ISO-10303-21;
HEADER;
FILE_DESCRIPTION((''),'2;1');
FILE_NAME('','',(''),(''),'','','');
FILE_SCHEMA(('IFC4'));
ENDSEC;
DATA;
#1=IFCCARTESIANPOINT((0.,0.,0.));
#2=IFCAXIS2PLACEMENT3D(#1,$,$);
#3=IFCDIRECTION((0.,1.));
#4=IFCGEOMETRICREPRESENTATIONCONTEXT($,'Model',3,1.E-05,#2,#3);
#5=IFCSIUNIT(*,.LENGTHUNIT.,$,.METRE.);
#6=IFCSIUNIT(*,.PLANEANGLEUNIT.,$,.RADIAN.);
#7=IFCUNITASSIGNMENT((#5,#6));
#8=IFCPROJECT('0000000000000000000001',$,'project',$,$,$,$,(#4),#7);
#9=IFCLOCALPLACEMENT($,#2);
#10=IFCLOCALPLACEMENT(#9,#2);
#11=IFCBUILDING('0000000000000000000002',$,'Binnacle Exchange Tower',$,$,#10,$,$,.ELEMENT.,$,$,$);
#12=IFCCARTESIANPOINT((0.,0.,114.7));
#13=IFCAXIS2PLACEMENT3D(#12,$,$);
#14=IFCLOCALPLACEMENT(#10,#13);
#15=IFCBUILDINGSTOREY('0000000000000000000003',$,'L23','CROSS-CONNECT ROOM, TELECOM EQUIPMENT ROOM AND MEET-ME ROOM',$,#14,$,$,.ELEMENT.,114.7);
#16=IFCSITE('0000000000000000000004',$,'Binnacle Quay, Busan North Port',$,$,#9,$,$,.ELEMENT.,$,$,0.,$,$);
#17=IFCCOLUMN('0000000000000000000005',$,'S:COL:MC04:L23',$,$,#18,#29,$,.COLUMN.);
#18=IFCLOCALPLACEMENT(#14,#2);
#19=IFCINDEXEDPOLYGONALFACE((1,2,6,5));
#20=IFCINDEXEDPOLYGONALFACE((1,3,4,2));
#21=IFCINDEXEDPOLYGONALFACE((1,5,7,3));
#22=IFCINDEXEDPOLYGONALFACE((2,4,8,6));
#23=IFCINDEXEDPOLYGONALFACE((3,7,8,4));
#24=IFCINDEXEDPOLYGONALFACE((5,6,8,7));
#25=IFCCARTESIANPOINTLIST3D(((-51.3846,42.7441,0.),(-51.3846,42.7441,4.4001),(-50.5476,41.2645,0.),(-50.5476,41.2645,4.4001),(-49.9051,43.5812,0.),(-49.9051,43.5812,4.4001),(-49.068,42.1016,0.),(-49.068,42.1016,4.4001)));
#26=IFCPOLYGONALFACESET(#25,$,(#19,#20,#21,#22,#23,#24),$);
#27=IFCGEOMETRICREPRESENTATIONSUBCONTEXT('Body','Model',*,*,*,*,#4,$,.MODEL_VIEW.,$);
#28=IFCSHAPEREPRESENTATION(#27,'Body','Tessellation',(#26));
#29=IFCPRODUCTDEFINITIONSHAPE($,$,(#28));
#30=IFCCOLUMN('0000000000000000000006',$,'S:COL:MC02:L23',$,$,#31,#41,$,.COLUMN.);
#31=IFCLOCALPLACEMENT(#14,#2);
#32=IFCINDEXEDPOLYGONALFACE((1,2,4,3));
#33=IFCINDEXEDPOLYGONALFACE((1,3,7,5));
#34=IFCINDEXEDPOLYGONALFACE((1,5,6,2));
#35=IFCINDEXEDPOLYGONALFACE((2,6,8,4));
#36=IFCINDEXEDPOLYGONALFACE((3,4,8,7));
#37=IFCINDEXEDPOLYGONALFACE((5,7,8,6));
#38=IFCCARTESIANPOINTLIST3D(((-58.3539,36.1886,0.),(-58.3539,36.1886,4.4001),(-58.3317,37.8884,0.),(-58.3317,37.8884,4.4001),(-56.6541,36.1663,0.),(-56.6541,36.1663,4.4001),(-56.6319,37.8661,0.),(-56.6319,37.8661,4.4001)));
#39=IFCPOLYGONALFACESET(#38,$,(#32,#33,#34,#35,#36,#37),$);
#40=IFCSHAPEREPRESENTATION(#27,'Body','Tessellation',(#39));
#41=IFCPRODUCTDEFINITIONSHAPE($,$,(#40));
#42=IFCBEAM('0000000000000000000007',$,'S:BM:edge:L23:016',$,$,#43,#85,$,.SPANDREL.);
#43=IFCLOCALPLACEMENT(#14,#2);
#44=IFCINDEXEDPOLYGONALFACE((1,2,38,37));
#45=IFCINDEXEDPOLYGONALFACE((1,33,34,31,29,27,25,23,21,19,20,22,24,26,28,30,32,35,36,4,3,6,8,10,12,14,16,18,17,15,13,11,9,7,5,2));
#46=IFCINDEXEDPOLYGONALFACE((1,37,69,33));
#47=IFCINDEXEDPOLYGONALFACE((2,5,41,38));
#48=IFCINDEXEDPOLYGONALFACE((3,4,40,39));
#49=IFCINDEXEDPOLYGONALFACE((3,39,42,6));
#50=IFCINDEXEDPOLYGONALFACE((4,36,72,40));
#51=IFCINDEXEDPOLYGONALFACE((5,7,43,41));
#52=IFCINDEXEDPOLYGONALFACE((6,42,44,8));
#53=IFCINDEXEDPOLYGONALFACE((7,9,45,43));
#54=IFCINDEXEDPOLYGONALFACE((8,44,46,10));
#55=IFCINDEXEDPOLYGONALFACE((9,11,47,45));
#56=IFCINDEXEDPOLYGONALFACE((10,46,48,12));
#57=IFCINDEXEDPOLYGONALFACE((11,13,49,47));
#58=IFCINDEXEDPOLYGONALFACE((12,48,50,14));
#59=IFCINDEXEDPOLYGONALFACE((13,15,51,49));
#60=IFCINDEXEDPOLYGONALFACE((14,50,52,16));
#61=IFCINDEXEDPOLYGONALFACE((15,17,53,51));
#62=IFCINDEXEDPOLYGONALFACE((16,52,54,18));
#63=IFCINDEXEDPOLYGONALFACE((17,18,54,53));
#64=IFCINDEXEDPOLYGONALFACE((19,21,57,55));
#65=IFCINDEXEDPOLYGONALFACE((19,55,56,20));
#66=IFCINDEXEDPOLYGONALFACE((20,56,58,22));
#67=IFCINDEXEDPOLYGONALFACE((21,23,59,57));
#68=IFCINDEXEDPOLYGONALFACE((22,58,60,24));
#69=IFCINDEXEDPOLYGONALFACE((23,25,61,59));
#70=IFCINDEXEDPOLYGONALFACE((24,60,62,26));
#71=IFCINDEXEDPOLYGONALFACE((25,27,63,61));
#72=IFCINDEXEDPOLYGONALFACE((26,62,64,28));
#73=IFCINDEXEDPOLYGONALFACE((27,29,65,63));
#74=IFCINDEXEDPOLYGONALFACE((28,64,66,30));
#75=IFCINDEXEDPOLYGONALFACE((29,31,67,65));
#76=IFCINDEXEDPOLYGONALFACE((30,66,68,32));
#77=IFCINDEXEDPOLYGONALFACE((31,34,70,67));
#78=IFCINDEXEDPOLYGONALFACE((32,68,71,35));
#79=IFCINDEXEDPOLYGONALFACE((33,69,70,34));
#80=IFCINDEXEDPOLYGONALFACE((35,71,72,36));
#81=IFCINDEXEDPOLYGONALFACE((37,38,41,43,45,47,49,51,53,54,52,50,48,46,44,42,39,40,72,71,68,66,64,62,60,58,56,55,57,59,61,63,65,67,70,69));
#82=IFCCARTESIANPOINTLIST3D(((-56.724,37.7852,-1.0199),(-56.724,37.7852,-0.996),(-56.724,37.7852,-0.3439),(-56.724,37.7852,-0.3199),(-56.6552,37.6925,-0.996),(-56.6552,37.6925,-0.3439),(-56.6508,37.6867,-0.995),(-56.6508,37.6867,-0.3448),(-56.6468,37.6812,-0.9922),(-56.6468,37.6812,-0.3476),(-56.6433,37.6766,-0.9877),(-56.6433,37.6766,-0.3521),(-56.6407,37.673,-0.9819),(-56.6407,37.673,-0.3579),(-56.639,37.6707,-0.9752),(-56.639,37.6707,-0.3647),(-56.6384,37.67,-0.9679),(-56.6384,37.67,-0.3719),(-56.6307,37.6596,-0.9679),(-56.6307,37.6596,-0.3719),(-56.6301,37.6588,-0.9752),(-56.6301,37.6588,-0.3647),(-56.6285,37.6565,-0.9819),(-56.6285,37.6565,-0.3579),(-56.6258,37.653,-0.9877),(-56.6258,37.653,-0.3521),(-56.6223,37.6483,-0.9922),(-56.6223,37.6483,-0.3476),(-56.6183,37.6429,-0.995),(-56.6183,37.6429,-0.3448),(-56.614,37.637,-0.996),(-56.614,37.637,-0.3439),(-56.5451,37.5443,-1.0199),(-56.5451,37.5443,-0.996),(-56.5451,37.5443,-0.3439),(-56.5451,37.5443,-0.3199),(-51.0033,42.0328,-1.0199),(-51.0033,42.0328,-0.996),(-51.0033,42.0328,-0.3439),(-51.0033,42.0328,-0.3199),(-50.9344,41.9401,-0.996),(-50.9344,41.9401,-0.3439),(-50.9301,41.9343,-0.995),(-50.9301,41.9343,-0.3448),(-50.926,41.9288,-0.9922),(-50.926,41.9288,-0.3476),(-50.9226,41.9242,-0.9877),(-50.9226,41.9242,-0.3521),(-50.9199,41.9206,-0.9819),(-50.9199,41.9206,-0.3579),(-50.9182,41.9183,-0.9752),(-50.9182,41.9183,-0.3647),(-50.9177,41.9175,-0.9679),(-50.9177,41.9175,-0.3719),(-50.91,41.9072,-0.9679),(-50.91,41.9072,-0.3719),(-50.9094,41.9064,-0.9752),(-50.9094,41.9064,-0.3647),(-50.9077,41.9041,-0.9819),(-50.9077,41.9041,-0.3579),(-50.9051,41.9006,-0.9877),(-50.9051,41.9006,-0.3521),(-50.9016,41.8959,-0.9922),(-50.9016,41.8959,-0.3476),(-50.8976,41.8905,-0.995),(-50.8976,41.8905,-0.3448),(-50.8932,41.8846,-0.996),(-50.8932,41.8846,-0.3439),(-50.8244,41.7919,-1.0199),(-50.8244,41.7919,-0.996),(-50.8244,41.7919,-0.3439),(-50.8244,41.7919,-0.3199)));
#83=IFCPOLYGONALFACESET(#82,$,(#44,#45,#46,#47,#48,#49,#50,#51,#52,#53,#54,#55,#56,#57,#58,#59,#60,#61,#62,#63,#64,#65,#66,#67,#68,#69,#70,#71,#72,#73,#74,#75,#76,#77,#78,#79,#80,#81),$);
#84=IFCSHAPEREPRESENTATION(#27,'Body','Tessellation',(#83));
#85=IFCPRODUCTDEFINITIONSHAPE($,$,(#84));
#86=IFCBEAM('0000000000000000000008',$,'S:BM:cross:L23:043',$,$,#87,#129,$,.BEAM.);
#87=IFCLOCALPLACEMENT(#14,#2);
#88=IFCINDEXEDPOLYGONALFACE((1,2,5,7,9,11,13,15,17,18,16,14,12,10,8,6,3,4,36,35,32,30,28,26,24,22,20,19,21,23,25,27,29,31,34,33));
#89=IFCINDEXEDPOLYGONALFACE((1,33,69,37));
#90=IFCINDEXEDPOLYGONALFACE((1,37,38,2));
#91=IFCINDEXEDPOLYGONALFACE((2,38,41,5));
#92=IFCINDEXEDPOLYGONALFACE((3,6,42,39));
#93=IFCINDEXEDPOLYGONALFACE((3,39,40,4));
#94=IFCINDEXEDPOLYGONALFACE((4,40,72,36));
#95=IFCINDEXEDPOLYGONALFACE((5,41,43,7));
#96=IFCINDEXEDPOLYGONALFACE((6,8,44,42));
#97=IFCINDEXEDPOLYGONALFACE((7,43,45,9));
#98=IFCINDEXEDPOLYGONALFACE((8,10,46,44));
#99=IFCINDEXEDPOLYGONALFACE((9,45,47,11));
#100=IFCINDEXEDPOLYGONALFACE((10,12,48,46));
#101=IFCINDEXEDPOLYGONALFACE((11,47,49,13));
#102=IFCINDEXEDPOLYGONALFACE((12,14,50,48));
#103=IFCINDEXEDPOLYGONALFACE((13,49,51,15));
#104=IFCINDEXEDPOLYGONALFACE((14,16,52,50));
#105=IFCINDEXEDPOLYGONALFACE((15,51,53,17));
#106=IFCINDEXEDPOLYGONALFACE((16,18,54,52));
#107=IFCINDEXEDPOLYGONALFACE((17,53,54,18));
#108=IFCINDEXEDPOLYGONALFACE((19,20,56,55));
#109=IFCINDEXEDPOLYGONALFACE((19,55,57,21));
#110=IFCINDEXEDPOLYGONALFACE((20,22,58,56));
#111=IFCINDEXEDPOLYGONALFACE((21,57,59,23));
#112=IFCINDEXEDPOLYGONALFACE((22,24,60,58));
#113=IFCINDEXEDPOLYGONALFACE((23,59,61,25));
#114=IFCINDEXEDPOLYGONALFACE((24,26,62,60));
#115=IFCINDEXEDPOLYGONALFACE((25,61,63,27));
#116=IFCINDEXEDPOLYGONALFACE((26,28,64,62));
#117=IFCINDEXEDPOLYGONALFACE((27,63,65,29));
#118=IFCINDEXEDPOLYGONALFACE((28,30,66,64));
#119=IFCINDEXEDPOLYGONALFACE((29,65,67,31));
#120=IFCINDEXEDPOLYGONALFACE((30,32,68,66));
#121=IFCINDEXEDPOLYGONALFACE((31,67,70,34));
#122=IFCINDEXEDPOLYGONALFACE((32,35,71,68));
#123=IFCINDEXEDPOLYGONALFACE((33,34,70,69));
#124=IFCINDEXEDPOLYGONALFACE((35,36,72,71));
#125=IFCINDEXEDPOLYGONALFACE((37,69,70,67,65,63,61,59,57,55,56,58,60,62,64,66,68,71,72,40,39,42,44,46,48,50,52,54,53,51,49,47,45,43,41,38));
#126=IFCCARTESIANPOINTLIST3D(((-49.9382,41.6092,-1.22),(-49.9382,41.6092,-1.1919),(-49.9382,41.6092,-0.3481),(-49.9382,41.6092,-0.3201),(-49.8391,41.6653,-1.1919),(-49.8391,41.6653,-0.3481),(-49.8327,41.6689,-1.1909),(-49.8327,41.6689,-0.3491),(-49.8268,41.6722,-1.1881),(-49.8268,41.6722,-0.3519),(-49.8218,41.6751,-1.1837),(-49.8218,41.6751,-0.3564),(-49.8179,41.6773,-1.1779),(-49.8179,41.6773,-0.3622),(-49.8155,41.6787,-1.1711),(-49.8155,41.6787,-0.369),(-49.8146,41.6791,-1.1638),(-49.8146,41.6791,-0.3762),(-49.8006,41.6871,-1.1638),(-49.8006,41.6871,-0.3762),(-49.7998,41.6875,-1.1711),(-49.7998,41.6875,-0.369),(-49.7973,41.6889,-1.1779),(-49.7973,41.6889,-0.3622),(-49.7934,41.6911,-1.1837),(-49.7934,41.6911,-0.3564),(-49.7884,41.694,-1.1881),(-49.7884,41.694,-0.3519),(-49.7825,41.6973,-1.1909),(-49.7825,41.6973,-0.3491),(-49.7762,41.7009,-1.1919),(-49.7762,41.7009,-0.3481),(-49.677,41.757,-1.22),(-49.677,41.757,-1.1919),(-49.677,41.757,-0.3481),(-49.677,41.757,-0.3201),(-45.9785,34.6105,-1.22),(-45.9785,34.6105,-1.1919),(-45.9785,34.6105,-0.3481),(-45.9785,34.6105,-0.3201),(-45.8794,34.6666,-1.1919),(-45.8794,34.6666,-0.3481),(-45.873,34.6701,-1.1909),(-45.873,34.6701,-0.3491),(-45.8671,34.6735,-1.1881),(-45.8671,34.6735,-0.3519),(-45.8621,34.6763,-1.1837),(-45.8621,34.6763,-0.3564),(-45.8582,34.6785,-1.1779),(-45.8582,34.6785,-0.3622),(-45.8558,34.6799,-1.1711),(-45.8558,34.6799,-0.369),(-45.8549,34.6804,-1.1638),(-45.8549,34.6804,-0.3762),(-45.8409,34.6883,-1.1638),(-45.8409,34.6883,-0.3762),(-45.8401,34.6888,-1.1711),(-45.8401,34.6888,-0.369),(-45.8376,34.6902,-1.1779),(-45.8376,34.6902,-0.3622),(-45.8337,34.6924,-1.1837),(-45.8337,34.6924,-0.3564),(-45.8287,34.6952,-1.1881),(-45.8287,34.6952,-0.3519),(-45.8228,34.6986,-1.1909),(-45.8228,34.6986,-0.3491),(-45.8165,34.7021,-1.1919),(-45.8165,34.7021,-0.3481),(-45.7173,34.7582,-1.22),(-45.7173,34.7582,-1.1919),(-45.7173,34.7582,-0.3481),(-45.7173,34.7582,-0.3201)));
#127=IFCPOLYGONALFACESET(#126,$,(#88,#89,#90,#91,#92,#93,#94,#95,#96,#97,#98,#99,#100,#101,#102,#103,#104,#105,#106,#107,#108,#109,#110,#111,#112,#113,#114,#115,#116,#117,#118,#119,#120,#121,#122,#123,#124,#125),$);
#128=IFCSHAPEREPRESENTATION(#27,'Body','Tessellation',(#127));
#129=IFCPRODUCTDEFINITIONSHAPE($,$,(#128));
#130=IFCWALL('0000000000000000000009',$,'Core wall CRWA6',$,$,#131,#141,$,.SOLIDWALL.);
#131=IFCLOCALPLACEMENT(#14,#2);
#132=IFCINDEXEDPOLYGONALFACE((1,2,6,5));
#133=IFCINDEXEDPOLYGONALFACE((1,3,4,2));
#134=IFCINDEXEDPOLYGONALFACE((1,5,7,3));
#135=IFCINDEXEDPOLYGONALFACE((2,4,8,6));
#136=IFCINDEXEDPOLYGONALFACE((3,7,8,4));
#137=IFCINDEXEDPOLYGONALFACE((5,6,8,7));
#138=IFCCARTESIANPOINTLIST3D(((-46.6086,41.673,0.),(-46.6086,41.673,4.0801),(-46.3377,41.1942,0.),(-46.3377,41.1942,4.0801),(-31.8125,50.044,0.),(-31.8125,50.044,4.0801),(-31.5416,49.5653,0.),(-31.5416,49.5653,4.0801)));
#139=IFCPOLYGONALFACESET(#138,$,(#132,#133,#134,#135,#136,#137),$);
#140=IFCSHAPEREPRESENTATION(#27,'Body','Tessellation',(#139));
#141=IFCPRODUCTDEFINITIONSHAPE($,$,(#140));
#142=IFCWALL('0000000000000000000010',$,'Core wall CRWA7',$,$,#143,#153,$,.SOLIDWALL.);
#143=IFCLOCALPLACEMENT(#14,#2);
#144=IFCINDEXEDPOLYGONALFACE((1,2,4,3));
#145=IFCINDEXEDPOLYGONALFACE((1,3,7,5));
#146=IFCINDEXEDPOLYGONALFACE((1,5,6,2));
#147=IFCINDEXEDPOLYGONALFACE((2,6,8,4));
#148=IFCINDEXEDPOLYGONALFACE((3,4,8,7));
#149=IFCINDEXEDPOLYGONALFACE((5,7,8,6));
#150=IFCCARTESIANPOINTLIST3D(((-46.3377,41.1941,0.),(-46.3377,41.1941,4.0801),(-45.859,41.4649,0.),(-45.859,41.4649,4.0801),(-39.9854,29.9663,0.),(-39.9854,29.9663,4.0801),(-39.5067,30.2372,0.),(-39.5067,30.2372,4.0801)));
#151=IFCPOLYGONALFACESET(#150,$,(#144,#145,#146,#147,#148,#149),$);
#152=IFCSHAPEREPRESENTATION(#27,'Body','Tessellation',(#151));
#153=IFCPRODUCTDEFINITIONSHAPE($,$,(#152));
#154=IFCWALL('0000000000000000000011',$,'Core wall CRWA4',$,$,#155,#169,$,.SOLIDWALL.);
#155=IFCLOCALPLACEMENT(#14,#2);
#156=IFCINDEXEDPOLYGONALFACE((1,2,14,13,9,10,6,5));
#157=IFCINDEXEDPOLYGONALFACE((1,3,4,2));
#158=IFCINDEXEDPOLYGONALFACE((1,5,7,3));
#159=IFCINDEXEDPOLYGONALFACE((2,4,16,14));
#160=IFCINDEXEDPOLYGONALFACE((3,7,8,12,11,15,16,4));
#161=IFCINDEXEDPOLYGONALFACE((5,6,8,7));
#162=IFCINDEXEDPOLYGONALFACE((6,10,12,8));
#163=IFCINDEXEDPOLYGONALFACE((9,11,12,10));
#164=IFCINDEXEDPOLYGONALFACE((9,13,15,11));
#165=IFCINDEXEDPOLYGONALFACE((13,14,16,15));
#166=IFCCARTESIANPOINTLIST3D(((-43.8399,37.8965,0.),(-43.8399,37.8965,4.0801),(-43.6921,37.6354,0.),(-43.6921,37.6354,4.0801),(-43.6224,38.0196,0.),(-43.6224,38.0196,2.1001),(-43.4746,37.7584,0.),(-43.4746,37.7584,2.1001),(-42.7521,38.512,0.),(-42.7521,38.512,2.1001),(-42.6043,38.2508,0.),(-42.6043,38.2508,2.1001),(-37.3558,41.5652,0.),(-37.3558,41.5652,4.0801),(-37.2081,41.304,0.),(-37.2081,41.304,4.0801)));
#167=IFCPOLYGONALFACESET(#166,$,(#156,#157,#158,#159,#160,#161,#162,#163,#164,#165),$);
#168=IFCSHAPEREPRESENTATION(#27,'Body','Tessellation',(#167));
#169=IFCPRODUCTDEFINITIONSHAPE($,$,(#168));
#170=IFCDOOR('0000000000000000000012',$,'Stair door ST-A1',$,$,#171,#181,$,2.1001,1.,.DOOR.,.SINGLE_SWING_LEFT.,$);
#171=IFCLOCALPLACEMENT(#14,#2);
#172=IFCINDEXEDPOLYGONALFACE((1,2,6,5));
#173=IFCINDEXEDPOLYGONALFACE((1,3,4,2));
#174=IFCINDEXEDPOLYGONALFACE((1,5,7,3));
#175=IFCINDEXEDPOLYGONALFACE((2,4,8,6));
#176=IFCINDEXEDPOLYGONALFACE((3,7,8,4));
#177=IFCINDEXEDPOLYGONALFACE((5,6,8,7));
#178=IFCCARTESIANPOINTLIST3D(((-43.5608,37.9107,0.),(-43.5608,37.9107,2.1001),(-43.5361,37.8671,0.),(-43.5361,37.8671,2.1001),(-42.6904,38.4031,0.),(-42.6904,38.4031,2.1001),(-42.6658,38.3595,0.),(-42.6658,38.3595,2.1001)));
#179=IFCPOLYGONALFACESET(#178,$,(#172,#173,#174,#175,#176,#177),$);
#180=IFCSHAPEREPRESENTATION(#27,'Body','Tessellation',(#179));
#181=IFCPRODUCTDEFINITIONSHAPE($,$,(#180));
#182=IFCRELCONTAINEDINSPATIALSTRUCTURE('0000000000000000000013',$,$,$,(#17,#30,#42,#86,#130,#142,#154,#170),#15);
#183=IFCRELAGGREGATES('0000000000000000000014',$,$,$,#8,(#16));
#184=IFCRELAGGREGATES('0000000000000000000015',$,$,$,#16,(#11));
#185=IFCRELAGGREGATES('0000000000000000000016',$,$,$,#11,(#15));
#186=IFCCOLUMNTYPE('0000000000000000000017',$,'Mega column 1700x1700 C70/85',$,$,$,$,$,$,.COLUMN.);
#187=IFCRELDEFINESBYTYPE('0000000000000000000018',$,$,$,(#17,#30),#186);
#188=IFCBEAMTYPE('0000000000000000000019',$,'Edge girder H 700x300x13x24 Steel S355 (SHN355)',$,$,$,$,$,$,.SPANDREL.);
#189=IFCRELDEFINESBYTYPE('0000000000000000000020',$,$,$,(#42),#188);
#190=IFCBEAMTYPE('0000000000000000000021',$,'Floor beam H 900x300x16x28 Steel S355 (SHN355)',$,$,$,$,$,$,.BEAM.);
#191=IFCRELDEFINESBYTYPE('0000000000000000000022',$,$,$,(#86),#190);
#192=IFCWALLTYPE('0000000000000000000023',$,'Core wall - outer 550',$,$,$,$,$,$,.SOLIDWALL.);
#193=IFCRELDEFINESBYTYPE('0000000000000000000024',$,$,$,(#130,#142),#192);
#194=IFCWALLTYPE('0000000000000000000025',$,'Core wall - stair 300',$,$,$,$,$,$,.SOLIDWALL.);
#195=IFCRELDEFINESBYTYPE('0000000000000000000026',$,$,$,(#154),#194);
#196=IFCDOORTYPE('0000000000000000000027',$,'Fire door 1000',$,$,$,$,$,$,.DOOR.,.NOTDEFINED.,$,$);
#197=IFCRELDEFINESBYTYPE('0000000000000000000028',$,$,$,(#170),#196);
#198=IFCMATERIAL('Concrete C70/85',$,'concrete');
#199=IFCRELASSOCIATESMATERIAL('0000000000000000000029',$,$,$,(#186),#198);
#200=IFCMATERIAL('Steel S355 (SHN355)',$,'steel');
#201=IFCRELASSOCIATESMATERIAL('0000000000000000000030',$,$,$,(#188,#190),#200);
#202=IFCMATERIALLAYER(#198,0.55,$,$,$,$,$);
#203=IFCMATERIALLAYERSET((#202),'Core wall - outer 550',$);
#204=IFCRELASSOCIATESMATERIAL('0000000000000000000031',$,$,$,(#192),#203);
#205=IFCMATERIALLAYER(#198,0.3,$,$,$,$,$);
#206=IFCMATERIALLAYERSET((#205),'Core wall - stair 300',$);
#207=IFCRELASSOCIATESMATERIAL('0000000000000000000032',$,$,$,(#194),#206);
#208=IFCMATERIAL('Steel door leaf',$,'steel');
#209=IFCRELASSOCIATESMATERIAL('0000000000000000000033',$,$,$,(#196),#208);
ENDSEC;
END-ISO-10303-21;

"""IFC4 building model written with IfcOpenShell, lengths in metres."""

from ifc_helpers import new_model, si_unit, direction, frame, frame_2d, origin, origin_2d, place, context, subcontext, project, spatial, rectangle, i_section, extrude, material, layer, layer_set, material_profile, profile_set, type_object, element, fill, save


model = new_model("IFC4")

# Units and contexts
model_context = context("Model", 3, precision=1e-05, world=origin(), true_north=direction((0.0, 1.0)))
body_context = subcontext(model_context, "Body", "Model", "MODEL_VIEW")
ifc_project = project(units=[si_unit("LENGTHUNIT", "METRE"), si_unit("PLANEANGLEUNIT", "RADIAN")], contexts=[model_context])

# Site, building, storey
site_placement = place(None, origin())
site = spatial("IfcSite", under=ifc_project, at=site_placement, Name="Binnacle Quay, Busan North Port", CompositionType="ELEMENT", RefElevation=0.0)
building_placement = place(site_placement, origin())
building = spatial("IfcBuilding", under=site, at=building_placement, Name="Binnacle Exchange Tower", CompositionType="ELEMENT")
storey_placement = place(building_placement, frame((0.0, 0.0, 114.7)))
storey = spatial("IfcBuildingStorey", under=building, at=storey_placement, Name="L23", Description="CROSS-CONNECT ROOM, TELECOM EQUIPMENT ROOM AND MEET-ME ROOM", CompositionType="ELEMENT", Elevation=114.7)

# Columns
ifc_material_1 = material(Name="Concrete C70/85", Category="concrete")
ifc_material_profile_1 = material_profile(ifc_material_1, rectangle(XDim=1.7, YDim=1.7, at=origin_2d()), Name="Mega column 1700x1700 C70/85")
ifc_profile_set_1 = profile_set([ifc_material_profile_1], Name="Concrete C70/85")
column_type = type_object("IfcColumnType", Name="Mega column 1700x1700 C70/85", PredefinedType="COLUMN", material=ifc_profile_set_1)
for number, where, z_axis, x_axis, name in (
    (1, (-50.2263, 42.4229, 0.0), (0.0, 0.0, 1.0), (-0.870356, -0.492424, 0.0), "S:COL:MC04:L23"),
    (2, (-57.4929, 37.0273, 0.0), (0.0, 0.0, 1.0), (-0.01309, -0.999914, 0.0), "S:COL:MC02:L23"),
):
    element("IfcColumn", number, at=place(storey_placement, frame(where, z_axis=z_axis, x_axis=x_axis)), inside=storey, type_object=column_type, Name=name, PredefinedType="COLUMN", context=body_context, shape_type="SweptSolid", body=[
        extrude(rectangle(XDim=1.7, YDim=1.7, at=origin_2d()), origin(), (0.0, 0.0, 1.0), 4.4001),
    ])

# Beams
ifc_material_2 = material(Name="Steel S355 (SHN355)", Category="steel")
ifc_material_profile_2 = material_profile(ifc_material_2, i_section(OverallWidth=0.3, OverallDepth=0.7, WebThickness=0.0129, FlangeThickness=0.0239, FilletRadius=0.0281, at=origin_2d()), Name="H 700x300x13x24")
ifc_profile_set_2 = profile_set([ifc_material_profile_2], Name="Steel S355 (SHN355)")
beam_type_1 = type_object("IfcBeamType", Name="Edge girder H 700x300x13x24 Steel S355 (SHN355)", PredefinedType="SPANDREL", material=ifc_profile_set_2)
beam_1_placement = place(storey_placement, frame((-50.9138, 41.9124, -0.6699), z_axis=(-0.802885, -0.596133, 0.0), x_axis=(0.596133, -0.802885, 0.0)))
element("IfcBeam", 3, at=beam_1_placement, inside=storey, type_object=beam_type_1, Name="S:BM:edge:L23:016", PredefinedType="SPANDREL", context=body_context, shape_type="SweptSolid", body=[
    extrude(i_section(OverallWidth=0.3, OverallDepth=0.7, WebThickness=0.0129, FlangeThickness=0.0239, FilletRadius=0.0281, at=origin_2d()), origin(), (0.0, 0.0, 1.0), 7.1252),
])
ifc_material_profile_3 = material_profile(ifc_material_2, i_section(OverallWidth=0.3, OverallDepth=0.8999, WebThickness=0.0161, FlangeThickness=0.0281, FilletRadius=0.0281, at=origin_2d()), Name="H 900x300x16x28")
ifc_profile_set_3 = profile_set([ifc_material_profile_3], Name="Steel S355 (SHN355)")
beam_type_2 = type_object("IfcBeamType", Name="Floor beam H 900x300x16x28 Steel S355 (SHN355)", PredefinedType="BEAM", material=ifc_profile_set_3)
beam_2_placement = place(storey_placement, frame((-49.8076, 41.6831, -0.77), z_axis=(0.492423, -0.870356, 0.0), x_axis=(0.870356, 0.492423, 0.0)))
element("IfcBeam", 4, at=beam_2_placement, inside=storey, type_object=beam_type_2, Name="S:BM:cross:L23:043", PredefinedType="BEAM", context=body_context, shape_type="SweptSolid", body=[
    extrude(i_section(OverallWidth=0.3, OverallDepth=0.8999, WebThickness=0.0161, FlangeThickness=0.0281, FilletRadius=0.0281, at=origin_2d()), origin(), (0.0, 0.0, 1.0), 8.0413),
])

# Walls
ifc_layer_1 = layer(ifc_material_1, 0.55)
ifc_layer_set_1 = layer_set([ifc_layer_1], Name="Core wall - outer 550")
wall_type_1 = type_object("IfcWallType", Name="Core wall - outer 550", PredefinedType="SOLIDWALL", material=ifc_layer_set_1)
wall_1_placement = place(storey_placement, frame((-46.4731, 41.4336, 0.0), z_axis=(0.0, 0.0, 1.0), x_axis=(0.87036, 0.492416, 0.0)))
element("IfcWall", 5, at=wall_1_placement, inside=storey, type_object=wall_type_1, Name="Core wall CRWA6", PredefinedType="SOLIDWALL", context=body_context, shape_type="SweptSolid", body=[
    extrude(rectangle(XDim=17.0, YDim=0.55, at=frame_2d((8.5, 0.0))), origin(), (0.0, 0.0, 1.0), 4.0801),
])
wall_2_placement = place(storey_placement, frame((-46.0984, 41.3296, 0.0), z_axis=(0.0, 0.0, 1.0), x_axis=(0.492419, -0.870358, 0.0)))
element("IfcWall", 6, at=wall_2_placement, inside=storey, type_object=wall_type_1, Name="Core wall CRWA7", PredefinedType="SOLIDWALL", context=body_context, shape_type="SweptSolid", body=[
    extrude(rectangle(XDim=12.9001, YDim=0.55, at=frame_2d((6.4502, 0.0))), origin(), (0.0, 0.0, 1.0), 4.0801),
])

# Wall, opening, door
ifc_layer_2 = layer(ifc_material_1, 0.3)
ifc_layer_set_2 = layer_set([ifc_layer_2], Name="Core wall - stair 300")
wall_type_2 = type_object("IfcWallType", Name="Core wall - stair 300", PredefinedType="SOLIDWALL", material=ifc_layer_set_2)
wall_3_placement = place(storey_placement, frame((-43.7661, 37.7659, 0.0), z_axis=(0.0, 0.0, 1.0), x_axis=(0.870347, 0.492439, 0.0)))
wall_3 = element("IfcWall", 7, at=wall_3_placement, inside=storey, type_object=wall_type_2, Name="Core wall CRWA4", PredefinedType="SOLIDWALL", context=body_context, shape_type="SweptSolid", body=[
    extrude(rectangle(XDim=7.45, YDim=0.3, at=frame_2d((3.7251, 0.0))), origin(), (0.0, 0.0, 1.0), 4.0801),
])
opening_1_placement = place(wall_3_placement, frame((0.25, 0.0, 0.0)))
opening_1 = element("IfcOpeningElement", 8, at=opening_1_placement, cuts=wall_3, PredefinedType="OPENING", context=body_context, shape_type="SweptSolid", body=[
    extrude(rectangle(XDim=1.0, YDim=2.1001, at=frame_2d((0.5, 1.05))), frame((0.0, 0.1599, 0.0), z_axis=(0.0, -1.0, 0.0), x_axis=(1.0, 0.0, 0.0)), (0.0, 0.0, 1.0), 0.3201),
])
ifc_material_3 = material(Name="Steel door leaf", Category="steel")
door_type = type_object("IfcDoorType", Name="Fire door 1000", OperationType="NOTDEFINED", PredefinedType="DOOR", material=ifc_material_3)
door_placement = place(opening_1_placement, origin())
door = element("IfcDoor", 9, at=door_placement, inside=storey, type_object=door_type, Name="Stair door ST-A1", OperationType="SINGLE_SWING_LEFT", OverallHeight=2.1001, OverallWidth=1.0, PredefinedType="DOOR", context=body_context, shape_type="SweptSolid", body=[
    extrude(rectangle(XDim=1.0, YDim=2.1001, at=frame_2d((0.5, 1.05))), frame((0.0, 0.0249, 0.0), z_axis=(0.0, -1.0, 0.0), x_axis=(1.0, 0.0, 0.0)), (0.0, 0.0, 1.0), 0.05),
])
fill(opening_1, door)

save(model, "model.ifc")
